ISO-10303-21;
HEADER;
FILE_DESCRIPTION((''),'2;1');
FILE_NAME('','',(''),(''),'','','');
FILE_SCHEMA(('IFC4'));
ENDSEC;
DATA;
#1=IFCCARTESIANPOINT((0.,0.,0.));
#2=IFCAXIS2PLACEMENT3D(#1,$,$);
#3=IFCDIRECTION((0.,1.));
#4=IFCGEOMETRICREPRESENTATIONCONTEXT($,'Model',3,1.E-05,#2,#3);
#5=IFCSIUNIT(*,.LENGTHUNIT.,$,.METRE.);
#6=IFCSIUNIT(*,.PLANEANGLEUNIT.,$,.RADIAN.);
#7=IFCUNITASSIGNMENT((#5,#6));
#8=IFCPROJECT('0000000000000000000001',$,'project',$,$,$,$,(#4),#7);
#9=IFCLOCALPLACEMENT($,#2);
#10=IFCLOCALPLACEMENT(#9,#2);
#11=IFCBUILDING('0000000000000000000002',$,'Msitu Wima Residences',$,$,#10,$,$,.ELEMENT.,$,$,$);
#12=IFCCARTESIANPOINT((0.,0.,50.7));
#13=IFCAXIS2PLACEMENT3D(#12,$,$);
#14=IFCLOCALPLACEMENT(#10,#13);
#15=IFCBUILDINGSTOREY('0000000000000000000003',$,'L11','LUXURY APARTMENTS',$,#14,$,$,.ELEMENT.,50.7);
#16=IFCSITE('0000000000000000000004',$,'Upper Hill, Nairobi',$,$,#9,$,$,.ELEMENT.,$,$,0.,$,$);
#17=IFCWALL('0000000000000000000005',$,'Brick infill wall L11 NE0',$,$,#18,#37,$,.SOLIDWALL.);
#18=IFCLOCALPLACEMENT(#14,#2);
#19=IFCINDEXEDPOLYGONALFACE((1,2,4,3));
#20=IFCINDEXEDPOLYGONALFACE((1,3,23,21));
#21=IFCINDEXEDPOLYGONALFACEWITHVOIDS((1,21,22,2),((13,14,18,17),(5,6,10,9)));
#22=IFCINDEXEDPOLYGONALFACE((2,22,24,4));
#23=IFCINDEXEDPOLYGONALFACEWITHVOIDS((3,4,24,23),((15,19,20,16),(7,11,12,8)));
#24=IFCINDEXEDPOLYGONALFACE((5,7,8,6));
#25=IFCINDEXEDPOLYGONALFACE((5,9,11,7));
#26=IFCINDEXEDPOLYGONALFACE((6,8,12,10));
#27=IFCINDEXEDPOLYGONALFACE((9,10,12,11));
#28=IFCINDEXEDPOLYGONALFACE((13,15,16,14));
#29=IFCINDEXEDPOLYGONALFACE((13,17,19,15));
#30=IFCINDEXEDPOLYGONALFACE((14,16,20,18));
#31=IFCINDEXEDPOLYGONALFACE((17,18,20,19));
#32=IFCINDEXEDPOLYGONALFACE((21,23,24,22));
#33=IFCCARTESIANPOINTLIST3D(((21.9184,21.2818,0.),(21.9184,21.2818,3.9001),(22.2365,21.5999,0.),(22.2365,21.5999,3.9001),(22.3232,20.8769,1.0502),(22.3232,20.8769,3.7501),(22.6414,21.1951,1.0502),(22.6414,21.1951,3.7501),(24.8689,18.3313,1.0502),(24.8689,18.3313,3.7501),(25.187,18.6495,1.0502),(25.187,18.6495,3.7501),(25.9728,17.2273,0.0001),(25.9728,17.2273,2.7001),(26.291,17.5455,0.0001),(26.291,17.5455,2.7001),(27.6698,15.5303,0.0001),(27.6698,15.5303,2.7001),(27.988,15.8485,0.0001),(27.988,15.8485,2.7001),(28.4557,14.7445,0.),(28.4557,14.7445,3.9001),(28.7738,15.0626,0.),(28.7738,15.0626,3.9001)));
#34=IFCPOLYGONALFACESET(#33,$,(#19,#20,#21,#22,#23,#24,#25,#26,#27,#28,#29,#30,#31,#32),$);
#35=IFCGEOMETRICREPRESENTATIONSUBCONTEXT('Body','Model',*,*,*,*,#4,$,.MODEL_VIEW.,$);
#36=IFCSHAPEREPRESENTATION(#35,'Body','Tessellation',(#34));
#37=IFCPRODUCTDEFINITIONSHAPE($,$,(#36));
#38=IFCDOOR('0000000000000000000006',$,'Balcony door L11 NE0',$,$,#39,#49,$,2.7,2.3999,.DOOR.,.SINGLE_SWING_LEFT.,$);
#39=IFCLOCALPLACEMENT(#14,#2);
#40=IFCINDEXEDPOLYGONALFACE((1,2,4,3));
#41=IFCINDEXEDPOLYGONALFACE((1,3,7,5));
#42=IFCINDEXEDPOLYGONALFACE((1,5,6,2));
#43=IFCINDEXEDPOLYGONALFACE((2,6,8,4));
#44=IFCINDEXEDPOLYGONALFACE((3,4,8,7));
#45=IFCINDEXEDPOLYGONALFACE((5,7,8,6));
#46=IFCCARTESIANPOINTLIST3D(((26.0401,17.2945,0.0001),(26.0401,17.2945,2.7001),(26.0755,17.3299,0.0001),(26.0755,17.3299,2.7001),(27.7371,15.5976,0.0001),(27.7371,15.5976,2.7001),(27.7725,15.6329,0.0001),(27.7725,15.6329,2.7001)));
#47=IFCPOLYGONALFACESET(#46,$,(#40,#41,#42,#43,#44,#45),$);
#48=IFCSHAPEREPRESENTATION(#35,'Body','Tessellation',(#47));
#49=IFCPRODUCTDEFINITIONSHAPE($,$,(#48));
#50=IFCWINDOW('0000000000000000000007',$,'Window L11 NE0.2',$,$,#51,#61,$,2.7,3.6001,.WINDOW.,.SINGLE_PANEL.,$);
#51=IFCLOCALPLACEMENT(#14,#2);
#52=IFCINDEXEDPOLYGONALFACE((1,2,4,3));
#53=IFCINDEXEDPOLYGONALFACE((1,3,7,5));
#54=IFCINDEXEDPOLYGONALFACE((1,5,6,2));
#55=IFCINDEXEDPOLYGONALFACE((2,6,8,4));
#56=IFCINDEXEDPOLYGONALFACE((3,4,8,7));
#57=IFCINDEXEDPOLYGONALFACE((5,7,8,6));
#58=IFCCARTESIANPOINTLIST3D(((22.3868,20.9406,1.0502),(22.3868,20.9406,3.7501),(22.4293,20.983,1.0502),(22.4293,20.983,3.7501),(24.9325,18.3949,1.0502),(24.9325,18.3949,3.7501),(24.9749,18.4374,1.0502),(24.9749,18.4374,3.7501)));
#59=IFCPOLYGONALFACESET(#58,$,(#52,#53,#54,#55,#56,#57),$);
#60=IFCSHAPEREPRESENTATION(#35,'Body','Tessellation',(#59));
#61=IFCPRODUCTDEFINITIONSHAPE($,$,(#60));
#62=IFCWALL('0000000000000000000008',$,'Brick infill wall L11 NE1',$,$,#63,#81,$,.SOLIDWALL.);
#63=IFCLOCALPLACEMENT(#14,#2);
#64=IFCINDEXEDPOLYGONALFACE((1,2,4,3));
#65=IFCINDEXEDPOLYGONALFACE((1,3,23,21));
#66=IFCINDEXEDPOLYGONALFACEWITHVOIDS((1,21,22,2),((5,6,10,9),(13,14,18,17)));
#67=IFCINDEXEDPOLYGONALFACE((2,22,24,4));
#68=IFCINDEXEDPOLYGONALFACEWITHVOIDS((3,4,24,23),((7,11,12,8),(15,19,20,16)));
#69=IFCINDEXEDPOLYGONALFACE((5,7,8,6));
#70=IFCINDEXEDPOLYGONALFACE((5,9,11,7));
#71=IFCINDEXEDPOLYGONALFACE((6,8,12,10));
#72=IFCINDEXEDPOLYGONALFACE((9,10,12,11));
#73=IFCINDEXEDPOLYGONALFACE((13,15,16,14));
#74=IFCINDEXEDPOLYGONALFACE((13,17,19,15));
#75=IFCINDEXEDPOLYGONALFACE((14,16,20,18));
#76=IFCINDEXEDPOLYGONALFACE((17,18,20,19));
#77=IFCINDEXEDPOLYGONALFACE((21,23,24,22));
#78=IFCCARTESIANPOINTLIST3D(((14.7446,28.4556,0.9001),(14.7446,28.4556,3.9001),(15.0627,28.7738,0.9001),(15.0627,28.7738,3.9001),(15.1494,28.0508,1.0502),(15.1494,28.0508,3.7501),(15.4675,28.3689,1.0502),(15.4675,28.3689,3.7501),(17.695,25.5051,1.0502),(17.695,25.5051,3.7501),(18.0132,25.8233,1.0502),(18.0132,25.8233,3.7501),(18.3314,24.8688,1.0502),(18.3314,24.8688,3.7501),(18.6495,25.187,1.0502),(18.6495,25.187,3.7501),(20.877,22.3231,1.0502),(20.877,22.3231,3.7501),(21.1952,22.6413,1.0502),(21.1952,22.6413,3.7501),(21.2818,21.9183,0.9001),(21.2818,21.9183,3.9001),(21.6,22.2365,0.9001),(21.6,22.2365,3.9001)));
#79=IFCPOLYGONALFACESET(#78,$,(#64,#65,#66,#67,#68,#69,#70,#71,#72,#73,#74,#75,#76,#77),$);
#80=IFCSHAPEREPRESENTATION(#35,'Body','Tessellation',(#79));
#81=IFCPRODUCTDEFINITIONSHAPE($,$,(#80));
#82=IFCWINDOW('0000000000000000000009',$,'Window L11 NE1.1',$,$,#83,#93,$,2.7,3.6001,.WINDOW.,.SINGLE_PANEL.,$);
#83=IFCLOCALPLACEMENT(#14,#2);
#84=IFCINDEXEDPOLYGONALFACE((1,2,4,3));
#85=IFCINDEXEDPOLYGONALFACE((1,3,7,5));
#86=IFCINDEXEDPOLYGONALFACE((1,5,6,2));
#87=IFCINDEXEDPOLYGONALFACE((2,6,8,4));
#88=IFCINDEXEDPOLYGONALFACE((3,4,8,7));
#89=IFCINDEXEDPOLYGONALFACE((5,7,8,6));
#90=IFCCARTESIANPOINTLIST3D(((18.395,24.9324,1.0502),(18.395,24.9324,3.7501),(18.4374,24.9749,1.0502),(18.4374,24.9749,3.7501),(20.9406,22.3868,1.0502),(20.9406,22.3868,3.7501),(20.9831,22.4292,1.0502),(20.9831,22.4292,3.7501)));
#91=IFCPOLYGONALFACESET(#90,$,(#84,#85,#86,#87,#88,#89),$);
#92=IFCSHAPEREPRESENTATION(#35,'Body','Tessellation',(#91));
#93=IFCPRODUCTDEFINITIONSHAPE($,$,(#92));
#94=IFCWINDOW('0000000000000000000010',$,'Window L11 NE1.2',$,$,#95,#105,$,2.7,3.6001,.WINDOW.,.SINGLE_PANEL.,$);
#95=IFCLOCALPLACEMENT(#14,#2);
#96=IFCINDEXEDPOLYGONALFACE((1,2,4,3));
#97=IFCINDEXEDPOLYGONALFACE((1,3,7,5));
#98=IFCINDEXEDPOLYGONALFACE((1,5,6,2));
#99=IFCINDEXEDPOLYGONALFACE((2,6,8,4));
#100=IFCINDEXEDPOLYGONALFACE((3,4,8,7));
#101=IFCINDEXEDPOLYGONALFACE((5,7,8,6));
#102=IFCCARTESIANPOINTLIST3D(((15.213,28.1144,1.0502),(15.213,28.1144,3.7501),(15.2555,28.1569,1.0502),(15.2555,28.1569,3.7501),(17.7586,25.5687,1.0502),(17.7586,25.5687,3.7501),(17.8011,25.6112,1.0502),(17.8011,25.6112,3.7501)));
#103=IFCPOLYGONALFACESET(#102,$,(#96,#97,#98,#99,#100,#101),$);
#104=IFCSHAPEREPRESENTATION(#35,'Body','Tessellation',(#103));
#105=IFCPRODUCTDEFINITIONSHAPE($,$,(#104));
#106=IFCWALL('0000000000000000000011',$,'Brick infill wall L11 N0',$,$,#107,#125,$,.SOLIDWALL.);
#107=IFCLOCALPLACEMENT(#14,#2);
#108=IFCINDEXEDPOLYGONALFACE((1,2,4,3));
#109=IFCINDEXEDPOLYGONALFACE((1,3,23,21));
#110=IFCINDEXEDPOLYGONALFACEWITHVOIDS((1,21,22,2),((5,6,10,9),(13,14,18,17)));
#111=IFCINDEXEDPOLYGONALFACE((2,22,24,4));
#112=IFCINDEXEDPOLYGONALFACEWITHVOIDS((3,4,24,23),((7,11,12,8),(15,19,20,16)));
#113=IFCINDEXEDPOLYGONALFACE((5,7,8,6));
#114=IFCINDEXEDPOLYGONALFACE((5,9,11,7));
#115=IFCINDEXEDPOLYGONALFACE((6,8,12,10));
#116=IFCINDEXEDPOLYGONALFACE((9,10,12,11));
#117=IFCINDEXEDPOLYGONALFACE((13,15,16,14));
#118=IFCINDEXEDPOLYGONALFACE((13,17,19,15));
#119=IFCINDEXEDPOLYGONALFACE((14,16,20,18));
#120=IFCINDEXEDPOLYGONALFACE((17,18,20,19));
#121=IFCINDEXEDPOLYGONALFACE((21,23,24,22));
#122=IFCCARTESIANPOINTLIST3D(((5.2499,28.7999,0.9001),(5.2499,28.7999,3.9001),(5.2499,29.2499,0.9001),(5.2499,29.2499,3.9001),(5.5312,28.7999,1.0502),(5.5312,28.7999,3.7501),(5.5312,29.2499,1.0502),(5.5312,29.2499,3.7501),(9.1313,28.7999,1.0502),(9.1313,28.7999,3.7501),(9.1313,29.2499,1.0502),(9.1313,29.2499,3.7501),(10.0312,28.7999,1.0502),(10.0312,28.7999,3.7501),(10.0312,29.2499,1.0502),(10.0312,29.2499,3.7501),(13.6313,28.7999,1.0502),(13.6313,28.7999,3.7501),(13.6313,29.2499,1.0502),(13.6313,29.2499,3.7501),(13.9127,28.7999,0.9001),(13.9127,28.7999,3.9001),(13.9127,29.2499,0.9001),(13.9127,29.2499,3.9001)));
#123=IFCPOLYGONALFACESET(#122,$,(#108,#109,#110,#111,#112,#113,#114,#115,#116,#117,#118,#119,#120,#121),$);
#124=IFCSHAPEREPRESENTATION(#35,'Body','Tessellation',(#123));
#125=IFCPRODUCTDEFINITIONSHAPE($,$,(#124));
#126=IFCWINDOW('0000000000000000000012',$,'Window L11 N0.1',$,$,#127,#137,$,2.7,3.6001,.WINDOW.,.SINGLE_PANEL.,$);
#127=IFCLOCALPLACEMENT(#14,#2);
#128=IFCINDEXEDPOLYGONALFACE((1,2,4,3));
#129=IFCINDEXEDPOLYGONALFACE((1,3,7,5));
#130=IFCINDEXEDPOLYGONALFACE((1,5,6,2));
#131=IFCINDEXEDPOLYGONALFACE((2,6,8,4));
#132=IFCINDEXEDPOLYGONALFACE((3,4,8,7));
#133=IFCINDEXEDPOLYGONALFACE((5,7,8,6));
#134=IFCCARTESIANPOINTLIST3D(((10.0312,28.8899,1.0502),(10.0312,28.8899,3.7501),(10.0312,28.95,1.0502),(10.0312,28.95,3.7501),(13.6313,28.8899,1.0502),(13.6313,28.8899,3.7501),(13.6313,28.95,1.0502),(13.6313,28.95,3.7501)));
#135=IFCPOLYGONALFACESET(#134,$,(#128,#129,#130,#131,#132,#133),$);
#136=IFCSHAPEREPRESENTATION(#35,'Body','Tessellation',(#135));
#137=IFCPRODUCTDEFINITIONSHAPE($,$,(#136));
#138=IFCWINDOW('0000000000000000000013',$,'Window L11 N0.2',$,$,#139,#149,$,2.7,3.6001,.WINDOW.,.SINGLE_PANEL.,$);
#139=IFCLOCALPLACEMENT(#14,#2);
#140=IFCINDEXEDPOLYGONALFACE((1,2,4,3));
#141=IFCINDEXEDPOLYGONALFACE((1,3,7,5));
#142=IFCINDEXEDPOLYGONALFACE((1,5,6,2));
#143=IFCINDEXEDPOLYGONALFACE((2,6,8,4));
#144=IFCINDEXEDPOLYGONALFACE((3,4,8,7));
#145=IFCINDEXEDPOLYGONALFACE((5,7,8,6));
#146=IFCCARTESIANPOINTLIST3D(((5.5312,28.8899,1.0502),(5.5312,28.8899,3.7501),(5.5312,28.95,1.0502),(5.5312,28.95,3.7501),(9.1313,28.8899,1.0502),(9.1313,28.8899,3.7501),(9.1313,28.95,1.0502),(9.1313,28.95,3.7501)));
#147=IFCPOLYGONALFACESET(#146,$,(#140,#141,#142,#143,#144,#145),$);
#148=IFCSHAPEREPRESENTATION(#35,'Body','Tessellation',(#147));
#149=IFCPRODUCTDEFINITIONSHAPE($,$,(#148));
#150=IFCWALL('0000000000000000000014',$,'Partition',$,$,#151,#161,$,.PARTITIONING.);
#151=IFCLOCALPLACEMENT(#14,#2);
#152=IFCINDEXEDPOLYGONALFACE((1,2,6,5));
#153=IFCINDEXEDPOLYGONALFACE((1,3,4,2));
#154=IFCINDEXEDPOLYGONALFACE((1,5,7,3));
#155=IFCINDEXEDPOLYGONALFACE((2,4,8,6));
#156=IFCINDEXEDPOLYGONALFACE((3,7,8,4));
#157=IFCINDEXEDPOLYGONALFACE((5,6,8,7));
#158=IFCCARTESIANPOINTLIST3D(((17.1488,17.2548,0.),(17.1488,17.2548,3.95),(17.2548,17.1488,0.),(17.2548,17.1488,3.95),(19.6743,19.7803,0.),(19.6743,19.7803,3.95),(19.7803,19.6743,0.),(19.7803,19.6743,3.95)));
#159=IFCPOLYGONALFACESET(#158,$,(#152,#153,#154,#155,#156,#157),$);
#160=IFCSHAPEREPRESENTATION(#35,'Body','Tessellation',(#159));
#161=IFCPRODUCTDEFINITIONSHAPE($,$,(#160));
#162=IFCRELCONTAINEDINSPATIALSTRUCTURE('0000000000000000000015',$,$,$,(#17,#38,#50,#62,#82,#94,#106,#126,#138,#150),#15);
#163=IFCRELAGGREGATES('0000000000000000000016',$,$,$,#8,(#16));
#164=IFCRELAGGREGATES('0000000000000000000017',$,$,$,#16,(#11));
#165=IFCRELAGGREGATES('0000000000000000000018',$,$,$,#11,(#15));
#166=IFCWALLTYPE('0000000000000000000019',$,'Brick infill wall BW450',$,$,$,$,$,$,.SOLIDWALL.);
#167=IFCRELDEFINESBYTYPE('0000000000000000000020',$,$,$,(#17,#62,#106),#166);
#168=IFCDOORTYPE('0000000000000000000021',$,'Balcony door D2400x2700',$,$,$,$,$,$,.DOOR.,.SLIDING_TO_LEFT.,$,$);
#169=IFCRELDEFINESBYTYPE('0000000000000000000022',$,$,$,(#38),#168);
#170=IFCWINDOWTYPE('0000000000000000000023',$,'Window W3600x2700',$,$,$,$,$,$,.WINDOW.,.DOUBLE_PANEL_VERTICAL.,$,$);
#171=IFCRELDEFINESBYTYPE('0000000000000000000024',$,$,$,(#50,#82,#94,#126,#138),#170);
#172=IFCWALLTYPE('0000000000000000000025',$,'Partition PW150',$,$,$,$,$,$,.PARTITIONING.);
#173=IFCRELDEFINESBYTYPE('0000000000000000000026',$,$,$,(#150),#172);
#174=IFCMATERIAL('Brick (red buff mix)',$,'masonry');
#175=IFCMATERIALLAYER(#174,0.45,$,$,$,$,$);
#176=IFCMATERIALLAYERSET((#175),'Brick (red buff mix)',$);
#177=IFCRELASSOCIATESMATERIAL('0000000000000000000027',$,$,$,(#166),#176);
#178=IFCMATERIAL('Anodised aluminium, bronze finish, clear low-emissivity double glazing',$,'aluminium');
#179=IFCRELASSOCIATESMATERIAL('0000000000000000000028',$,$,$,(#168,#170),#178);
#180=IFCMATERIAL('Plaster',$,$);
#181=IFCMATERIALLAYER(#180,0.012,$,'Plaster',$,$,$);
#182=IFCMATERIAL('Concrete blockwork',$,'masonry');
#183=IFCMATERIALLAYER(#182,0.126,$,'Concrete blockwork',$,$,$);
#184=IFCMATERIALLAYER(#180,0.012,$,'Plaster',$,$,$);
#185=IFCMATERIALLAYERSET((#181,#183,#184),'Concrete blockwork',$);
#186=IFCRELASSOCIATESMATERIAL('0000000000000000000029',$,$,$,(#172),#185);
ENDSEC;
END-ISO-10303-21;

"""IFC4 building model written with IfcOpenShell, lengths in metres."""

from ifc_helpers import new_model, si_unit, direction, frame, frame_2d, origin, place, context, subcontext, project, spatial, rectangle, extrude, material, layer, layer_set, type_object, element, fill, save


model = new_model("IFC4")

# Units and contexts
model_context = context("Model", 3, precision=1e-05, world=origin(), true_north=direction((0.0, 1.0)))
body_context = subcontext(model_context, "Body", "Model", "MODEL_VIEW")
ifc_project = project(units=[si_unit("LENGTHUNIT", "METRE"), si_unit("PLANEANGLEUNIT", "RADIAN")], contexts=[model_context])

# Site, building, storey
site_placement = place(None, origin())
site = spatial("IfcSite", under=ifc_project, at=site_placement, Name="Upper Hill, Nairobi", CompositionType="ELEMENT", RefElevation=0.0)
building_placement = place(site_placement, origin())
building = spatial("IfcBuilding", under=site, at=building_placement, Name="Msitu Wima Residences", CompositionType="ELEMENT")
storey_placement = place(building_placement, frame((0.0, 0.0, 50.7)))
storey = spatial("IfcBuildingStorey", under=building, at=storey_placement, Name="L11", Description="LUXURY APARTMENTS", CompositionType="ELEMENT", Elevation=50.7)

# Wall, openings, door, window
ifc_material_1 = material(Name="Brick (red buff mix)", Category="masonry")
ifc_layer_1 = layer(ifc_material_1, 0.45)
ifc_layer_set_1 = layer_set([ifc_layer_1], Name="Brick (red buff mix)")
wall_type_1 = type_object("IfcWallType", Name="Brick infill wall BW450", PredefinedType="SOLIDWALL", material=ifc_layer_set_1)
wall_1_placement = place(storey_placement, frame((28.6147, 14.9036, 0.0), z_axis=(0.0, 0.0, 1.0), x_axis=(-0.707107, 0.707107, 0.0)))
wall_1 = element("IfcWall", 1, at=wall_1_placement, inside=storey, type_object=wall_type_1, Name="Brick infill wall L11 NE0", PredefinedType="SOLIDWALL", context=body_context, shape_type="SweptSolid", body=[
    extrude(rectangle(XDim=9.2451, YDim=0.45, at=frame_2d((4.6226, 0.0))), origin(), (0.0, 0.0, 1.0), 3.9001),
])
opening_1_placement = place(wall_1_placement, frame((1.1113, 0.0, 0.0)))
opening_1 = element("IfcOpeningElement", 2, at=opening_1_placement, cuts=wall_1, PredefinedType="OPENING", context=body_context, shape_type="SweptSolid", body=[
    extrude(rectangle(XDim=2.3999, YDim=2.7, at=frame_2d((1.2, 1.3501))), frame((0.0, 0.2349, 0.0), z_axis=(0.0, -1.0, 0.0), x_axis=(1.0, 0.0, 0.0)), (0.0, 0.0, 1.0), 0.47),
])
opening_2_placement = place(wall_1_placement, frame((5.0725, 0.0, 1.05)))
opening_2 = element("IfcOpeningElement", 3, at=opening_2_placement, cuts=wall_1, PredefinedType="OPENING", context=body_context, shape_type="SweptSolid", body=[
    extrude(rectangle(XDim=3.6001, YDim=2.7, at=frame_2d((1.8, 1.3501))), frame((0.0, 0.2349, 0.0), z_axis=(0.0, -1.0, 0.0), x_axis=(1.0, 0.0, 0.0)), (0.0, 0.0, 1.0), 0.47),
])
ifc_material_2 = material(Name="Anodised aluminium, bronze finish, clear low-emissivity double glazing", Category="aluminium")
door_type_1 = type_object("IfcDoorType", Name="Balcony door D2400x2700", OperationType="SLIDING_TO_LEFT", PredefinedType="DOOR", material=ifc_material_2)
door_1_placement = place(opening_1_placement, origin())
door_1 = element("IfcDoor", 4, at=door_1_placement, inside=storey, type_object=door_type_1, Name="Balcony door L11 NE0", OperationType="SINGLE_SWING_LEFT", OverallHeight=2.7, OverallWidth=2.3999, PredefinedType="DOOR", context=body_context, shape_type="SweptSolid", body=[
    extrude(rectangle(XDim=2.3999, YDim=2.7, at=frame_2d((1.2, 1.3501))), frame((0.0, 0.1299, 0.0), z_axis=(0.0, -1.0, 0.0), x_axis=(1.0, 0.0, 0.0)), (0.0, 0.0, 1.0), 0.05),
])
fill(opening_1, door_1)
window_type = type_object("IfcWindowType", Name="Window W3600x2700", PartitioningType="DOUBLE_PANEL_VERTICAL", PredefinedType="WINDOW", material=ifc_material_2)
window_1_placement = place(opening_2_placement, origin())
window_1 = element("IfcWindow", 5, at=window_1_placement, inside=storey, type_object=window_type, Name="Window L11 NE0.2", OverallHeight=2.7, OverallWidth=3.6001, PartitioningType="SINGLE_PANEL", PredefinedType="WINDOW", context=body_context, shape_type="SweptSolid", body=[
    extrude(rectangle(XDim=3.6001, YDim=2.7, at=frame_2d((1.8, 1.3501))), frame((0.0, 0.135, 0.0), z_axis=(0.0, -1.0, 0.0), x_axis=(1.0, 0.0, 0.0)), (0.0, 0.0, 1.0), 0.0601),
])
fill(opening_2, window_1)

# Walls, openings, windows
wall_2_placement = place(storey_placement, frame((21.4409, 22.0774, 0.9001), z_axis=(0.0, 0.0, 1.0), x_axis=(-0.707107, 0.707107, 0.0)))
wall_2 = element("IfcWall", 6, at=wall_2_placement, inside=storey, type_object=wall_type_1, Name="Brick infill wall L11 NE1", PredefinedType="SOLIDWALL", context=body_context, shape_type="SweptSolid", body=[
    extrude(rectangle(XDim=9.2451, YDim=0.45, at=frame_2d((4.6226, 0.0))), origin(), (0.0, 0.0, 1.0), 3.0),
])
opening_3_placement = place(wall_2_placement, frame((0.5725, 0.0, 0.1499)))
opening_3 = element("IfcOpeningElement", 7, at=opening_3_placement, cuts=wall_2, PredefinedType="OPENING", context=body_context, shape_type="SweptSolid", body=[
    extrude(rectangle(XDim=3.6001, YDim=2.7, at=frame_2d((1.8, 1.3501))), frame((0.0, 0.2349, 0.0), z_axis=(0.0, -1.0, 0.0), x_axis=(1.0, 0.0, 0.0)), (0.0, 0.0, 1.0), 0.47),
])
opening_4_placement = place(wall_2_placement, frame((5.0725, 0.0, 0.1499)))
opening_4 = element("IfcOpeningElement", 8, at=opening_4_placement, cuts=wall_2, PredefinedType="OPENING", context=body_context, shape_type="SweptSolid", body=[
    extrude(rectangle(XDim=3.6001, YDim=2.7, at=frame_2d((1.8, 1.3501))), frame((0.0, 0.2349, 0.0), z_axis=(0.0, -1.0, 0.0), x_axis=(1.0, 0.0, 0.0)), (0.0, 0.0, 1.0), 0.47),
])
window_2_placement = place(opening_3_placement, origin())
window_2 = element("IfcWindow", 9, at=window_2_placement, inside=storey, type_object=window_type, Name="Window L11 NE1.1", OverallHeight=2.7, OverallWidth=3.6001, PartitioningType="SINGLE_PANEL", PredefinedType="WINDOW", context=body_context, shape_type="SweptSolid", body=[
    extrude(rectangle(XDim=3.6001, YDim=2.7, at=frame_2d((1.8, 1.3501))), frame((0.0, 0.135, 0.0), z_axis=(0.0, -1.0, 0.0), x_axis=(1.0, 0.0, 0.0)), (0.0, 0.0, 1.0), 0.0601),
])
fill(opening_3, window_2)
window_3_placement = place(opening_4_placement, origin())
window_3 = element("IfcWindow", 10, at=window_3_placement, inside=storey, type_object=window_type, Name="Window L11 NE1.2", OverallHeight=2.7, OverallWidth=3.6001, PartitioningType="SINGLE_PANEL", PredefinedType="WINDOW", context=body_context, shape_type="SweptSolid", body=[
    extrude(rectangle(XDim=3.6001, YDim=2.7, at=frame_2d((1.8, 1.3501))), frame((0.0, 0.135, 0.0), z_axis=(0.0, -1.0, 0.0), x_axis=(1.0, 0.0, 0.0)), (0.0, 0.0, 1.0), 0.0601),
])
fill(opening_4, window_3)
wall_3_placement = place(storey_placement, frame((13.9128, 29.0249, 0.9001), z_axis=(0.0, 0.0, 1.0), x_axis=(-1.0, 0.0, 0.0)))
wall_3 = element("IfcWall", 11, at=wall_3_placement, inside=storey, type_object=wall_type_1, Name="Brick infill wall L11 N0", PredefinedType="SOLIDWALL", context=body_context, shape_type="SweptSolid", body=[
    extrude(rectangle(XDim=8.6628, YDim=0.45, at=frame_2d((4.3315, 0.0))), origin(), (0.0, 0.0, 1.0), 3.0),
])
opening_5_placement = place(wall_3_placement, frame((0.2815, 0.0, 0.1499)))
opening_5 = element("IfcOpeningElement", 12, at=opening_5_placement, cuts=wall_3, PredefinedType="OPENING", context=body_context, shape_type="SweptSolid", body=[
    extrude(rectangle(XDim=3.6001, YDim=2.7, at=frame_2d((1.8, 1.3501))), frame((0.0, 0.2349, 0.0), z_axis=(0.0, -1.0, 0.0), x_axis=(1.0, 0.0, 0.0)), (0.0, 0.0, 1.0), 0.47),
])
opening_6_placement = place(wall_3_placement, frame((4.7815, 0.0, 0.1499)))
opening_6 = element("IfcOpeningElement", 13, at=opening_6_placement, cuts=wall_3, PredefinedType="OPENING", context=body_context, shape_type="SweptSolid", body=[
    extrude(rectangle(XDim=3.6001, YDim=2.7, at=frame_2d((1.8, 1.3501))), frame((0.0, 0.2349, 0.0), z_axis=(0.0, -1.0, 0.0), x_axis=(1.0, 0.0, 0.0)), (0.0, 0.0, 1.0), 0.47),
])
window_4_placement = place(opening_5_placement, origin())
window_4 = element("IfcWindow", 14, at=window_4_placement, inside=storey, type_object=window_type, Name="Window L11 N0.1", OverallHeight=2.7, OverallWidth=3.6001, PartitioningType="SINGLE_PANEL", PredefinedType="WINDOW", context=body_context, shape_type="SweptSolid", body=[
    extrude(rectangle(XDim=3.6001, YDim=2.7, at=frame_2d((1.8, 1.3501))), frame((0.0, 0.135, 0.0), z_axis=(0.0, -1.0, 0.0), x_axis=(1.0, 0.0, 0.0)), (0.0, 0.0, 1.0), 0.0601),
])
fill(opening_5, window_4)
window_5_placement = place(opening_6_placement, origin())
window_5 = element("IfcWindow", 15, at=window_5_placement, inside=storey, type_object=window_type, Name="Window L11 N0.2", OverallHeight=2.7, OverallWidth=3.6001, PartitioningType="SINGLE_PANEL", PredefinedType="WINDOW", context=body_context, shape_type="SweptSolid", body=[
    extrude(rectangle(XDim=3.6001, YDim=2.7, at=frame_2d((1.8, 1.3501))), frame((0.0, 0.135, 0.0), z_axis=(0.0, -1.0, 0.0), x_axis=(1.0, 0.0, 0.0)), (0.0, 0.0, 1.0), 0.0601),
])
fill(opening_6, window_5)

# Wall
ifc_material_3 = material(Name="Plaster")
ifc_layer_2 = layer(ifc_material_3, 0.012, Name="Plaster")
ifc_material_4 = material(Name="Concrete blockwork", Category="masonry")
ifc_layer_3 = layer(ifc_material_4, 0.126, Name="Concrete blockwork")
ifc_layer_4 = layer(ifc_material_3, 0.012, Name="Plaster")
ifc_layer_set_2 = layer_set([ifc_layer_2, ifc_layer_3, ifc_layer_4], Name="Concrete blockwork")
wall_type_2 = type_object("IfcWallType", Name="Partition PW150", PredefinedType="PARTITIONING", material=ifc_layer_set_2)
wall_4_placement = place(storey_placement, frame((17.2019, 17.2019, 0.0), z_axis=(0.0, 0.0, 1.0), x_axis=(0.707107, 0.707107, 0.0)))
element("IfcWall", 16, at=wall_4_placement, inside=storey, type_object=wall_type_2, Name="Partition", PredefinedType="PARTITIONING", context=body_context, shape_type="SweptSolid", body=[
    extrude(rectangle(XDim=3.5715, YDim=0.1499, at=frame_2d((1.7856, 0.0))), origin(), (0.0, 0.0, 1.0), 3.95),
])

save(model, "model.ifc")
